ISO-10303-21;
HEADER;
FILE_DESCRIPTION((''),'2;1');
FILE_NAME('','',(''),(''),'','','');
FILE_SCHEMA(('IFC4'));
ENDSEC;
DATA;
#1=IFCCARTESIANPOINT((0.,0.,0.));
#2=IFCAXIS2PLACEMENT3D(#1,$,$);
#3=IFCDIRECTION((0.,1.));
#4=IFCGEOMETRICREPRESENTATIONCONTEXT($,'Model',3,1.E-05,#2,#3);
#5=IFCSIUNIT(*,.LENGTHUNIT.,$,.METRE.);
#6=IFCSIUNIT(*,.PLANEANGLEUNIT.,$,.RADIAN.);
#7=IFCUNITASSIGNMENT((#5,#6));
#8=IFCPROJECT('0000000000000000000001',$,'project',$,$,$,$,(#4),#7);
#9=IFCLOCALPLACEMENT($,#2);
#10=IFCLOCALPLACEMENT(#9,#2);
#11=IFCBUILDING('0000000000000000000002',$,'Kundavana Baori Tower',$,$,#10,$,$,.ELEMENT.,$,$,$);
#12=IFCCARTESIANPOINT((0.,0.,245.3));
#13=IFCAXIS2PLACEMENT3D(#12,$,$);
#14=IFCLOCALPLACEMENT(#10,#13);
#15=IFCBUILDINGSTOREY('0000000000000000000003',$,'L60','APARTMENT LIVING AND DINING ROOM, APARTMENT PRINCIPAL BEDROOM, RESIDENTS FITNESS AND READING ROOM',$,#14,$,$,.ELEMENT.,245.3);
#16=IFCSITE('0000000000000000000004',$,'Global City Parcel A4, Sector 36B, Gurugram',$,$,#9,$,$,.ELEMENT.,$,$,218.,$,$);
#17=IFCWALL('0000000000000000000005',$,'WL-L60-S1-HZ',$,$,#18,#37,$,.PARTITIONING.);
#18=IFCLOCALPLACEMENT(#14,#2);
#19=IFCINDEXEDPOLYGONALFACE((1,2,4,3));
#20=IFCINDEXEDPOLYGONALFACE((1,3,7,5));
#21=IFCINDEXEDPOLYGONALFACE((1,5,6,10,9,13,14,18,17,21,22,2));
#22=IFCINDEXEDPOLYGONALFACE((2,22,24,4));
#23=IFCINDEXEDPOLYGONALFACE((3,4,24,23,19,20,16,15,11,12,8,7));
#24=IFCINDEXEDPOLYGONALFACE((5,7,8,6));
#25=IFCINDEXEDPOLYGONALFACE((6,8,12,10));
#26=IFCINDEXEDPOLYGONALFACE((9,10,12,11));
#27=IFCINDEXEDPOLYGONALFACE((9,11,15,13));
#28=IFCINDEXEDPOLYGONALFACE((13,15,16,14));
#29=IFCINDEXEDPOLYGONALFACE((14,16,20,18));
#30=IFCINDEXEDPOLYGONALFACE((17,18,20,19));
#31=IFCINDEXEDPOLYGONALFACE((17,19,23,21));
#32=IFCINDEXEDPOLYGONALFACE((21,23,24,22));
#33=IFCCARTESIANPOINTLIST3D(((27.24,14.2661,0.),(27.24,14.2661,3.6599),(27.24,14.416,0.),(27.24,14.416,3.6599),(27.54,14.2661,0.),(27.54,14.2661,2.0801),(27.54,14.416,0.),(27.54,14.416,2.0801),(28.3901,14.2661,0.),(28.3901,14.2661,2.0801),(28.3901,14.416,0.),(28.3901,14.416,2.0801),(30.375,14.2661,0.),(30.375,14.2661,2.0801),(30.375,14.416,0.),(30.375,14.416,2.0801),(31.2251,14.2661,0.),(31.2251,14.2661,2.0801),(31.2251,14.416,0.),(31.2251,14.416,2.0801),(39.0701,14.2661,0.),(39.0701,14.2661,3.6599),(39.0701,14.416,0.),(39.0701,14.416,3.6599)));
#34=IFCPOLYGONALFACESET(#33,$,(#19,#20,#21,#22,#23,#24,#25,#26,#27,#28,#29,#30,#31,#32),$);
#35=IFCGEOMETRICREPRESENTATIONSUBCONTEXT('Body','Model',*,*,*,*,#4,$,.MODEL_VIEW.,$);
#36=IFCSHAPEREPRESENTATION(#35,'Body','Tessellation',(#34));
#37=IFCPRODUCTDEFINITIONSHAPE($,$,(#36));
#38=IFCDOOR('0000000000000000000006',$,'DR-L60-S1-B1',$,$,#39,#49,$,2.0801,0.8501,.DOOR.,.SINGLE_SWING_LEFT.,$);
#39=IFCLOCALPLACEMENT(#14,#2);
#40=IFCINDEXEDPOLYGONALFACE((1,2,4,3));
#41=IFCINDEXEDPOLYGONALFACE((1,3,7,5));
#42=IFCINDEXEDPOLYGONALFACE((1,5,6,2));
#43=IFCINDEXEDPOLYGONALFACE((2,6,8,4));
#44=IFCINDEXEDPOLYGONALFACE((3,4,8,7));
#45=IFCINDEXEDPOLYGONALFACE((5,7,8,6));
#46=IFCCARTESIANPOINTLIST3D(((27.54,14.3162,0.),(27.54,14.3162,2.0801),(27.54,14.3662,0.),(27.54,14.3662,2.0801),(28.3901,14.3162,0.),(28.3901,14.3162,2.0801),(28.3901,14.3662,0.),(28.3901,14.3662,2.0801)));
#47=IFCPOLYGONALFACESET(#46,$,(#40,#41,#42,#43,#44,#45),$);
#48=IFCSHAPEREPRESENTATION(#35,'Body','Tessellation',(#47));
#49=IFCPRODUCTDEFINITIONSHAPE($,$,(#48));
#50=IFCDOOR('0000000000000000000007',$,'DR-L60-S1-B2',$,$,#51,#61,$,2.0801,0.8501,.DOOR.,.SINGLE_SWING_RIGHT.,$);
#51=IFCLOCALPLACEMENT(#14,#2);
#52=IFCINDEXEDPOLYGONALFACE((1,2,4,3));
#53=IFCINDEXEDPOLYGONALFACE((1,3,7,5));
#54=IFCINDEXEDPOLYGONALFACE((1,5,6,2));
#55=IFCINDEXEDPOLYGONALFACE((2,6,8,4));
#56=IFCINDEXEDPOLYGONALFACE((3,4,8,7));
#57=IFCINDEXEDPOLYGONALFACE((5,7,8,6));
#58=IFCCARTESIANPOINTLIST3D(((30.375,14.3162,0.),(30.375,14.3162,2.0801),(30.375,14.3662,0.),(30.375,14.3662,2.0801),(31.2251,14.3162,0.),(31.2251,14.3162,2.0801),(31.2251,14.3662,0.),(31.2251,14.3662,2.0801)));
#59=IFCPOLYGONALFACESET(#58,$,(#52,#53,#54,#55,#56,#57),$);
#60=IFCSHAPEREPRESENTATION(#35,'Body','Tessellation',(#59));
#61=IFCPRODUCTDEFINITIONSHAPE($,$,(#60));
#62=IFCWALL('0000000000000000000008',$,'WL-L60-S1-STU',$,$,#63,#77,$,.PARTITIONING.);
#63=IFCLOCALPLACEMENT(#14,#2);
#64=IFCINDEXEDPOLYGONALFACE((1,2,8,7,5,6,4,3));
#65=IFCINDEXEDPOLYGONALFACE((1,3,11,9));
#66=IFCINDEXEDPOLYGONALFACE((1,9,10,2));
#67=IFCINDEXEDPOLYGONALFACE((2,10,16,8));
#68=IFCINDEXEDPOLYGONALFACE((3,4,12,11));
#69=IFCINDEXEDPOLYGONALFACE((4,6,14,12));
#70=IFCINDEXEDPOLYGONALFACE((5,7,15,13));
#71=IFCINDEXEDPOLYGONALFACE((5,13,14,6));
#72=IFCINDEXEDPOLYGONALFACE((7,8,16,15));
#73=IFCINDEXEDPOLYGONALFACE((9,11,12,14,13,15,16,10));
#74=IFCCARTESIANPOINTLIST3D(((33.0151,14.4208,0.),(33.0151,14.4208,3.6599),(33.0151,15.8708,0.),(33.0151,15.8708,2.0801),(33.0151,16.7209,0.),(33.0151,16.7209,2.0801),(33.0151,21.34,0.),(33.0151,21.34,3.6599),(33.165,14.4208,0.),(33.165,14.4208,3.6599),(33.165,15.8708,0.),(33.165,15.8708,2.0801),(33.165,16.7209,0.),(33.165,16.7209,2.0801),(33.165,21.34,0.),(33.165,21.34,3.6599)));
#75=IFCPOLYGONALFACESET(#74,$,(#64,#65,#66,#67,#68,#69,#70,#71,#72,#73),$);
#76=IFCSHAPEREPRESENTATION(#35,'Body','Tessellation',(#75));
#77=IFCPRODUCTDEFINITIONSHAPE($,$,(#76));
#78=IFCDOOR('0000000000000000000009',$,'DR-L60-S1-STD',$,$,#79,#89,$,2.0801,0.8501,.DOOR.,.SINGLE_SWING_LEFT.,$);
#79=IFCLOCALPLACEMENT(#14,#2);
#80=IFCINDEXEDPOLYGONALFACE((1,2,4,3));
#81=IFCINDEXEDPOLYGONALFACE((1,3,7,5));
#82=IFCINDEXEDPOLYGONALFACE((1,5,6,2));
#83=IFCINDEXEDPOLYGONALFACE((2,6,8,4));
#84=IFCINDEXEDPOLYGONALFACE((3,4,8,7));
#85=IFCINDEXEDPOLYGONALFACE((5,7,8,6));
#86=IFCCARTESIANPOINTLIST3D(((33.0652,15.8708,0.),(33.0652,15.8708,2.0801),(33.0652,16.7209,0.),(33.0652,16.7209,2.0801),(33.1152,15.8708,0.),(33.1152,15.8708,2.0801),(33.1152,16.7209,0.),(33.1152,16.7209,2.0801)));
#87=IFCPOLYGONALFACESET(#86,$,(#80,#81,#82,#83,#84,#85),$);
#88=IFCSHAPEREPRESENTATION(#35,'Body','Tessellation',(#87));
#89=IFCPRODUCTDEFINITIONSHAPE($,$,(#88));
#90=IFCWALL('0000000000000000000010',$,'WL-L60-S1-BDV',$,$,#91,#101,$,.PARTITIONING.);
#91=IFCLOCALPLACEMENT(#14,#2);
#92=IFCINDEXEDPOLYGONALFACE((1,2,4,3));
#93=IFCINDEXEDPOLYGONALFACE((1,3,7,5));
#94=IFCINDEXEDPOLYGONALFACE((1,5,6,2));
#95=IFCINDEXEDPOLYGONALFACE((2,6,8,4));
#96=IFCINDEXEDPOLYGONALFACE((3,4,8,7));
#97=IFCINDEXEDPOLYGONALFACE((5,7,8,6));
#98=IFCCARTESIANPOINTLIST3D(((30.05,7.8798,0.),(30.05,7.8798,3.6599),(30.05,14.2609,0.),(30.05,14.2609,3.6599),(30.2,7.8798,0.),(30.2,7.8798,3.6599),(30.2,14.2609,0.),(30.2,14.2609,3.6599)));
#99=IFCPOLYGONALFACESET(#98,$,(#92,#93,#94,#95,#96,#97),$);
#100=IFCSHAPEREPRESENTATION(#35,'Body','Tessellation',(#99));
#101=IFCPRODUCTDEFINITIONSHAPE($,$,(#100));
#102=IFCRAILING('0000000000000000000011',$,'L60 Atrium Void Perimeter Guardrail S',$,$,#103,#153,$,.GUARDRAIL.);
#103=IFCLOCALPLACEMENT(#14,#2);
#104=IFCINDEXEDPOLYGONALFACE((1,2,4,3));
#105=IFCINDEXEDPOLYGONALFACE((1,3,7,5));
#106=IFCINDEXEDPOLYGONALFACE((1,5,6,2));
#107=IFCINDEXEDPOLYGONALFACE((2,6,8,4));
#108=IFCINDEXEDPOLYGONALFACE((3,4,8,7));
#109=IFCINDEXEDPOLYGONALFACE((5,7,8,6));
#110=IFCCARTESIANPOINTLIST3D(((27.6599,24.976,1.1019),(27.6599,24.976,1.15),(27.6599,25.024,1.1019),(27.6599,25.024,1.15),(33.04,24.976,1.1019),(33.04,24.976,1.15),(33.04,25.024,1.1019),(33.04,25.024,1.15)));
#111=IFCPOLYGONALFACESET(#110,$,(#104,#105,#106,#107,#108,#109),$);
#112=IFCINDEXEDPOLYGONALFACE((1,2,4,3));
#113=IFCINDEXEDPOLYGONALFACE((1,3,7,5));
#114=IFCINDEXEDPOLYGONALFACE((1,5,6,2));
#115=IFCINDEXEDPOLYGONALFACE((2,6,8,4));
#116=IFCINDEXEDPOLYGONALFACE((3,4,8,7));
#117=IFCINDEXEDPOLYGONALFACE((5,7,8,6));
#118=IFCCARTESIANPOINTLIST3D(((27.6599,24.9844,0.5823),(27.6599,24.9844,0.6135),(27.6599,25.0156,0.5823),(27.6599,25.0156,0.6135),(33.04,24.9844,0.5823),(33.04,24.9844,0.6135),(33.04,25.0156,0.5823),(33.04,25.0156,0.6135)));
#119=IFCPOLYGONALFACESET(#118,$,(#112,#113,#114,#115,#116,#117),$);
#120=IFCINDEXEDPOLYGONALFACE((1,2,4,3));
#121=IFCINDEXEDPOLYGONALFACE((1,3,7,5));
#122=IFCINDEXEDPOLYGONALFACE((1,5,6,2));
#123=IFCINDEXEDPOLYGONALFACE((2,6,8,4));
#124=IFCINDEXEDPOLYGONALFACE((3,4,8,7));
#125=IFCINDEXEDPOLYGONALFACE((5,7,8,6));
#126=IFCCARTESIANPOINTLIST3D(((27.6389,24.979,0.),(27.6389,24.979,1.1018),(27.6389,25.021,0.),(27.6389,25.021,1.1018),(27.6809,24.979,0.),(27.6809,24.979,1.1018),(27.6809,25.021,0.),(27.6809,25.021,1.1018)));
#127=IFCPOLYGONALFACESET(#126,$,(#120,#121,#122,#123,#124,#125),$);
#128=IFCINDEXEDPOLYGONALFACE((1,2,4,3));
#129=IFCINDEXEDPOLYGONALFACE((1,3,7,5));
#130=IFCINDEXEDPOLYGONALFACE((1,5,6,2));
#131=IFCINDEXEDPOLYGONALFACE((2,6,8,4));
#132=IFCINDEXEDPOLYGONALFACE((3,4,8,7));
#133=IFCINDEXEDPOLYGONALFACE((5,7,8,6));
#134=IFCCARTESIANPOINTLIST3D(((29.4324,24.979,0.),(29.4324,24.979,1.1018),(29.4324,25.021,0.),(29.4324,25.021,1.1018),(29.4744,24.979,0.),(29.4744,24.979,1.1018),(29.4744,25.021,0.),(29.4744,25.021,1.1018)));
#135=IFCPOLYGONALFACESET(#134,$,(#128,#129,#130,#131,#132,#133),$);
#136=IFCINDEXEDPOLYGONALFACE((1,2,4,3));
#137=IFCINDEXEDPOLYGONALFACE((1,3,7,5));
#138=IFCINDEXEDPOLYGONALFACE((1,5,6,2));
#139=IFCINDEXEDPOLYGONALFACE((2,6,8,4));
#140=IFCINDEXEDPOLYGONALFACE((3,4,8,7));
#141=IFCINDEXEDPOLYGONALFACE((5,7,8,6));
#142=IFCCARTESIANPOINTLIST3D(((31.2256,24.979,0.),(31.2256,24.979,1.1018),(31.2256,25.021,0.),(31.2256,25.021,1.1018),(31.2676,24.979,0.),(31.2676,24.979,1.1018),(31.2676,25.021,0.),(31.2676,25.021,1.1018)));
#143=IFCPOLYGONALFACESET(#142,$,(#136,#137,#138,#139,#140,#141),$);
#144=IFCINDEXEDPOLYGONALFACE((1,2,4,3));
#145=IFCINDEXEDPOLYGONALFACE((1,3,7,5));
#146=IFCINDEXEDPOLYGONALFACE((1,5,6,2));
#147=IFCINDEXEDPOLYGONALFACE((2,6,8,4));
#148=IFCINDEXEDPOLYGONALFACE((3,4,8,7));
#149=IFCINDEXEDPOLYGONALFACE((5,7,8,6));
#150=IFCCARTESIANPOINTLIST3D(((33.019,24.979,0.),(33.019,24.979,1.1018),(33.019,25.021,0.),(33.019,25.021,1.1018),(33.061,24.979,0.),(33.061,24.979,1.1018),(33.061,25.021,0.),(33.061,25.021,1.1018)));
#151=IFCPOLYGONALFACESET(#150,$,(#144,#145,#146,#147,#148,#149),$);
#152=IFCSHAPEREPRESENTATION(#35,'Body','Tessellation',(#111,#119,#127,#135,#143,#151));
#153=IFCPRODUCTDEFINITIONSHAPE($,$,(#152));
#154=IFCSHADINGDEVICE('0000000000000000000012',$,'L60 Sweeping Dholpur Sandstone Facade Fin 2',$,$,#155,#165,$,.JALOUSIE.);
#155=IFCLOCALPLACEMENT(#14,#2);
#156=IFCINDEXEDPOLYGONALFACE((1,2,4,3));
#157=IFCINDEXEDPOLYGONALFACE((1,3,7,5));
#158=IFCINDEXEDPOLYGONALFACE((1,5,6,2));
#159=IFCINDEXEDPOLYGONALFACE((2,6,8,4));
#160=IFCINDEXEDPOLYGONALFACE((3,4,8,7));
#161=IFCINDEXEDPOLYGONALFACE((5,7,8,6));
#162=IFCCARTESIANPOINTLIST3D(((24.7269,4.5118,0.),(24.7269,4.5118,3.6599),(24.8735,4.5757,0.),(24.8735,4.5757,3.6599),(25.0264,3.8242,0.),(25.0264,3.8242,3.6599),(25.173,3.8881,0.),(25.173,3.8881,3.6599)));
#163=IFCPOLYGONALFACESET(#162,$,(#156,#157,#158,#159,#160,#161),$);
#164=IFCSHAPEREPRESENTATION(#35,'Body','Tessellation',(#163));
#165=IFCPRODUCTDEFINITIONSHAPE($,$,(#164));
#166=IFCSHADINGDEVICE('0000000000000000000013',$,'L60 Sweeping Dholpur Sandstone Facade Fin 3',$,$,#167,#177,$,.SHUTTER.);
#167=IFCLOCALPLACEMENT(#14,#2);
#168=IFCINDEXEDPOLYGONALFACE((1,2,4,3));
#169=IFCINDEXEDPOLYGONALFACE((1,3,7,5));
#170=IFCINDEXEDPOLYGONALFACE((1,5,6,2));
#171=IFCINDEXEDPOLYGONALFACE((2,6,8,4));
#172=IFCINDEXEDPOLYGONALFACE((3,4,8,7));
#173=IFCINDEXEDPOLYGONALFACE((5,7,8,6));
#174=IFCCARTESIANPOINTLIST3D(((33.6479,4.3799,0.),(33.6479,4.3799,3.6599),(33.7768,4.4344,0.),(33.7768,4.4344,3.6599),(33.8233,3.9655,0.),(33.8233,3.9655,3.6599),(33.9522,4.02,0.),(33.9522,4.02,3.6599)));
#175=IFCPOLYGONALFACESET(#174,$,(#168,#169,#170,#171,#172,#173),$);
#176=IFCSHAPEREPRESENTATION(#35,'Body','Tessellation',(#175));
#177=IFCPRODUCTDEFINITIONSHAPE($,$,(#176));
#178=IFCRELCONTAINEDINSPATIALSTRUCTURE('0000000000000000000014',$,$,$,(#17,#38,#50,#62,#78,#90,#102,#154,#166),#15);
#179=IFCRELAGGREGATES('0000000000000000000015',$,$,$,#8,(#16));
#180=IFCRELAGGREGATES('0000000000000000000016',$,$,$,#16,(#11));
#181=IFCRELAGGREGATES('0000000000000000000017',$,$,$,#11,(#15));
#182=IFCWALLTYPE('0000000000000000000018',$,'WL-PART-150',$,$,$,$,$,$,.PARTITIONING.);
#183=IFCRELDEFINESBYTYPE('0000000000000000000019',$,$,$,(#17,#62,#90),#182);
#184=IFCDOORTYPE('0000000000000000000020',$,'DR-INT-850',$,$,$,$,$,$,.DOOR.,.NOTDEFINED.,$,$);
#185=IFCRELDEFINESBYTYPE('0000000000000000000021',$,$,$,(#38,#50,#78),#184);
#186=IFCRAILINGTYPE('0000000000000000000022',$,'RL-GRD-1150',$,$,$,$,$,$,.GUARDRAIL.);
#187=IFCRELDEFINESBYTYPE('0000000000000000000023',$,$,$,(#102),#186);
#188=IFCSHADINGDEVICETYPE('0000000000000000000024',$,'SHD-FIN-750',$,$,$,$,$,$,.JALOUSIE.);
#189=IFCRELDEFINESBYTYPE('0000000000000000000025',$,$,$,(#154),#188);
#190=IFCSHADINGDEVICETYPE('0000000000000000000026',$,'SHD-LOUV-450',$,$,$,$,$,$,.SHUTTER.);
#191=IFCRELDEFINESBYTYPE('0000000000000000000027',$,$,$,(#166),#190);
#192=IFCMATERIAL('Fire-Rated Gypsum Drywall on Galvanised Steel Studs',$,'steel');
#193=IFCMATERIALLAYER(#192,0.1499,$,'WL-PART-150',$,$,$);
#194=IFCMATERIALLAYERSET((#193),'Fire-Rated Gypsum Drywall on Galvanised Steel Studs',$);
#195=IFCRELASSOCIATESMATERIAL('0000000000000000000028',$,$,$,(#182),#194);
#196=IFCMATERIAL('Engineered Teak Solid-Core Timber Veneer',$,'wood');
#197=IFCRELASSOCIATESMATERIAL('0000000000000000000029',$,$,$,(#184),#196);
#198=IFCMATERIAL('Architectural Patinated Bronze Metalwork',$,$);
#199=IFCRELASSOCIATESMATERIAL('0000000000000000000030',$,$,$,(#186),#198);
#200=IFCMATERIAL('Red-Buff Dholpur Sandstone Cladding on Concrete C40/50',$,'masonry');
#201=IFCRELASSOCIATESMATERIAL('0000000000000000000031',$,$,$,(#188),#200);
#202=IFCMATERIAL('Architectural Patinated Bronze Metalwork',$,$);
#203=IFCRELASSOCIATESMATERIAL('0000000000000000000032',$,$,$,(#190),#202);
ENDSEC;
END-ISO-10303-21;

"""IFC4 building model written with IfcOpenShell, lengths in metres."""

from ifc_helpers import new_model, si_unit, direction, frame, frame_2d, origin, origin_2d, place, context, subcontext, project, spatial, rectangle, extrude, material, layer, layer_set, type_object, element, fill, save


model = new_model("IFC4")

# Units and contexts
model_context = context("Model", 3, precision=1e-05, world=origin(), true_north=direction((0.0, 1.0)))
body_context = subcontext(model_context, "Body", "Model", "MODEL_VIEW")
ifc_project = project(units=[si_unit("LENGTHUNIT", "METRE"), si_unit("PLANEANGLEUNIT", "RADIAN")], contexts=[model_context])

# Site, building, storey
site_placement = place(None, origin())
site = spatial("IfcSite", under=ifc_project, at=site_placement, Name="Global City Parcel A4, Sector 36B, Gurugram", CompositionType="ELEMENT", RefElevation=218.0)
building_placement = place(site_placement, origin())
building = spatial("IfcBuilding", under=site, at=building_placement, Name="Kundavana Baori Tower", CompositionType="ELEMENT")
storey_placement = place(building_placement, frame((0.0, 0.0, 245.3)))
storey = spatial("IfcBuildingStorey", under=building, at=storey_placement, Name="L60", Description="APARTMENT LIVING AND DINING ROOM, APARTMENT PRINCIPAL BEDROOM, RESIDENTS FITNESS AND READING ROOM", CompositionType="ELEMENT", Elevation=245.3)

# Shared definitions
ifc_material_1 = material(Name="Fire-Rated Gypsum Drywall on Galvanised Steel Studs", Category="steel")
ifc_layer = layer(ifc_material_1, 0.1499, Name="WL-PART-150")
ifc_layer_set = layer_set([ifc_layer], Name="Fire-Rated Gypsum Drywall on Galvanised Steel Studs")
wall_type = type_object("IfcWallType", Name="WL-PART-150", PredefinedType="PARTITIONING", material=ifc_layer_set)

# Wall, openings, doors
wall_1_placement = place(storey_placement, frame((27.24, 14.3411, 0.0), z_axis=(0.0, 0.0, 1.0), x_axis=(1.0, 0.0, 0.0)))
wall_1 = element("IfcWall", 1, at=wall_1_placement, inside=storey, type_object=wall_type, Name="WL-L60-S1-HZ", PredefinedType="PARTITIONING", context=body_context, shape_type="SweptSolid", body=[
    extrude(rectangle(XDim=11.8301, YDim=0.1499, at=frame_2d((5.915, 0.0))), origin(), (0.0, 0.0, 1.0), 3.6599),
])
opening_1_placement = place(wall_1_placement, frame((0.3, 0.0, 0.0)))
opening_1 = element("IfcOpeningElement", 2, at=opening_1_placement, cuts=wall_1, PredefinedType="OPENING", context=body_context, shape_type="SweptSolid", body=[
    extrude(rectangle(XDim=0.8501, YDim=2.0801, at=frame_2d((0.425, 1.04))), frame((0.0, 0.085, 0.0), z_axis=(0.0, -1.0, 0.0), x_axis=(1.0, 0.0, 0.0)), (0.0, 0.0, 1.0), 0.1699),
])
opening_2_placement = place(wall_1_placement, frame((3.135, 0.0, 0.0)))
opening_2 = element("IfcOpeningElement", 3, at=opening_2_placement, cuts=wall_1, PredefinedType="OPENING", context=body_context, shape_type="SweptSolid", body=[
    extrude(rectangle(XDim=0.8501, YDim=2.0801, at=frame_2d((0.425, 1.04))), frame((0.0, 0.085, 0.0), z_axis=(0.0, -1.0, 0.0), x_axis=(1.0, 0.0, 0.0)), (0.0, 0.0, 1.0), 0.1699),
])
ifc_material_2 = material(Name="Engineered Teak Solid-Core Timber Veneer", Category="wood")
door_type_1 = type_object("IfcDoorType", Name="DR-INT-850", OperationType="NOTDEFINED", PredefinedType="DOOR", material=ifc_material_2)
door_1_placement = place(opening_1_placement, frame((0.8501, 0.0, 0.0), z_axis=(0.0, 0.0, 1.0), x_axis=(-1.0, 0.0, 0.0)))
door_1 = element("IfcDoor", 4, at=door_1_placement, inside=storey, type_object=door_type_1, Name="DR-L60-S1-B1", OperationType="SINGLE_SWING_LEFT", OverallHeight=2.0801, OverallWidth=0.8501, PredefinedType="DOOR", context=body_context, shape_type="SweptSolid", body=[
    extrude(rectangle(XDim=0.8501, YDim=2.0801, at=frame_2d((0.425, 1.04))), frame((0.0, 0.0249, 0.0), z_axis=(0.0, -1.0, 0.0), x_axis=(1.0, 0.0, 0.0)), (0.0, 0.0, 1.0), 0.05),
])
fill(opening_1, door_1)
door_2_placement = place(opening_2_placement, frame((0.8501, 0.0, 0.0), z_axis=(0.0, 0.0, 1.0), x_axis=(-1.0, 0.0, 0.0)))
door_2 = element("IfcDoor", 5, at=door_2_placement, inside=storey, type_object=door_type_1, Name="DR-L60-S1-B2", OperationType="SINGLE_SWING_RIGHT", OverallHeight=2.0801, OverallWidth=0.8501, PredefinedType="DOOR", context=body_context, shape_type="SweptSolid", body=[
    extrude(rectangle(XDim=0.8501, YDim=2.0801, at=frame_2d((0.425, 1.04))), frame((0.0, 0.0249, 0.0), z_axis=(0.0, -1.0, 0.0), x_axis=(1.0, 0.0, 0.0)), (0.0, 0.0, 1.0), 0.05),
])
fill(opening_2, door_2)

# Wall, opening, door
wall_2_placement = place(storey_placement, frame((33.0901, 14.4209, 0.0), z_axis=(0.0, 0.0, 1.0), x_axis=(0.0, 1.0, 0.0)))
wall_2 = element("IfcWall", 6, at=wall_2_placement, inside=storey, type_object=wall_type, Name="WL-L60-S1-STU", PredefinedType="PARTITIONING", context=body_context, shape_type="SweptSolid", body=[
    extrude(rectangle(XDim=6.9192, YDim=0.1499, at=frame_2d((3.4595, 0.0))), origin(), (0.0, 0.0, 1.0), 3.6599),
])
opening_3_placement = place(wall_2_placement, frame((1.45, 0.0, 0.0)))
opening_3 = element("IfcOpeningElement", 7, at=opening_3_placement, cuts=wall_2, PredefinedType="OPENING", context=body_context, shape_type="SweptSolid", body=[
    extrude(rectangle(XDim=0.8501, YDim=2.0801, at=frame_2d((0.425, 1.04))), frame((0.0, 0.085, 0.0), z_axis=(0.0, -1.0, 0.0), x_axis=(1.0, 0.0, 0.0)), (0.0, 0.0, 1.0), 0.1699),
])
door_3_placement = place(opening_3_placement, origin())
door_3 = element("IfcDoor", 8, at=door_3_placement, inside=storey, type_object=door_type_1, Name="DR-L60-S1-STD", OperationType="SINGLE_SWING_LEFT", OverallHeight=2.0801, OverallWidth=0.8501, PredefinedType="DOOR", context=body_context, shape_type="SweptSolid", body=[
    extrude(rectangle(XDim=0.8501, YDim=2.0801, at=frame_2d((0.425, 1.04))), frame((0.0, 0.0249, 0.0), z_axis=(0.0, -1.0, 0.0), x_axis=(1.0, 0.0, 0.0)), (0.0, 0.0, 1.0), 0.05),
])
fill(opening_3, door_3)

# Wall
wall_3_placement = place(storey_placement, frame((30.125, 7.8799, 0.0), z_axis=(0.0, 0.0, 1.0), x_axis=(0.0, 1.0, 0.0)))
element("IfcWall", 9, at=wall_3_placement, inside=storey, type_object=wall_type, Name="WL-L60-S1-BDV", PredefinedType="PARTITIONING", context=body_context, shape_type="SweptSolid", body=[
    extrude(rectangle(XDim=6.3811, YDim=0.1499, at=frame_2d((3.1904, 0.0))), origin(), (0.0, 0.0, 1.0), 3.6599),
])

# Railing
ifc_material_3 = material(Name="Architectural Patinated Bronze Metalwork")
railing_type = type_object("IfcRailingType", Name="RL-GRD-1150", PredefinedType="GUARDRAIL", material=ifc_material_3)
railing_placement = place(storey_placement, frame((27.6599, 25.0, 0.0)))
element("IfcRailing", 10, at=railing_placement, inside=storey, type_object=railing_type, Name="L60 Atrium Void Perimeter Guardrail S", PredefinedType="GUARDRAIL", context=body_context, shape_type="SweptSolid", body=[
    extrude(rectangle(XDim=0.0481, YDim=0.0481, at=origin_2d()), frame((0.0, 0.0, 1.126), z_axis=(1.0, 0.0, 0.0), x_axis=(0.0, 1.0, 0.0)), (0.0, 0.0, 1.0), 5.3801),
    extrude(rectangle(XDim=0.0312, YDim=0.0312, at=origin_2d()), frame((0.0, 0.0, 0.5979), z_axis=(1.0, 0.0, 0.0), x_axis=(0.0, 1.0, 0.0)), (0.0, 0.0, 1.0), 5.3801),
    extrude(rectangle(XDim=0.042, YDim=0.042, at=origin_2d()), origin(), (0.0, 0.0, 1.0), 1.1018),
    extrude(rectangle(XDim=0.042, YDim=0.042, at=origin_2d()), frame((1.7935, 0.0, 0.0)), (0.0, 0.0, 1.0), 1.1018),
    extrude(rectangle(XDim=0.042, YDim=0.042, at=origin_2d()), frame((3.5867, 0.0, 0.0)), (0.0, 0.0, 1.0), 1.1018),
    extrude(rectangle(XDim=0.042, YDim=0.042, at=origin_2d()), frame((5.3801, 0.0, 0.0)), (0.0, 0.0, 1.0), 1.1018),
])

# Shading devices
ifc_material_4 = material(Name="Red-Buff Dholpur Sandstone Cladding on Concrete C40/50", Category="masonry")
shading_device_type_1 = type_object("IfcShadingDeviceType", Name="SHD-FIN-750", PredefinedType="JALOUSIE", material=ifc_material_4)
shading_device_1_placement = place(storey_placement, frame((24.95, 4.2, 0.0), z_axis=(0.0, 0.0, 1.0), x_axis=(0.916781, 0.399389, 0.0)))
element("IfcShadingDevice", 11, at=shading_device_1_placement, inside=storey, type_object=shading_device_type_1, Name="L60 Sweeping Dholpur Sandstone Facade Fin 2", PredefinedType="JALOUSIE", context=body_context, shape_type="SweptSolid", body=[
    extrude(rectangle(XDim=0.1599, YDim=0.75, at=origin_2d()), origin(), (0.0, 0.0, 1.0), 3.6599),
])
ifc_material_5 = material(Name="Architectural Patinated Bronze Metalwork")
shading_device_type_2 = type_object("IfcShadingDeviceType", Name="SHD-LOUV-450", PredefinedType="SHUTTER", material=ifc_material_5)
shading_device_2_placement = place(storey_placement, frame((33.8, 4.2, 0.0), z_axis=(0.0, 0.0, 1.0), x_axis=(0.920914, 0.389767, 0.0)))
element("IfcShadingDevice", 12, at=shading_device_2_placement, inside=storey, type_object=shading_device_type_2, Name="L60 Sweeping Dholpur Sandstone Facade Fin 3", PredefinedType="SHUTTER", context=body_context, shape_type="SweptSolid", body=[
    extrude(rectangle(XDim=0.1399, YDim=0.45, at=origin_2d()), origin(), (0.0, 0.0, 1.0), 3.6599),
])

save(model, "model.ifc")
